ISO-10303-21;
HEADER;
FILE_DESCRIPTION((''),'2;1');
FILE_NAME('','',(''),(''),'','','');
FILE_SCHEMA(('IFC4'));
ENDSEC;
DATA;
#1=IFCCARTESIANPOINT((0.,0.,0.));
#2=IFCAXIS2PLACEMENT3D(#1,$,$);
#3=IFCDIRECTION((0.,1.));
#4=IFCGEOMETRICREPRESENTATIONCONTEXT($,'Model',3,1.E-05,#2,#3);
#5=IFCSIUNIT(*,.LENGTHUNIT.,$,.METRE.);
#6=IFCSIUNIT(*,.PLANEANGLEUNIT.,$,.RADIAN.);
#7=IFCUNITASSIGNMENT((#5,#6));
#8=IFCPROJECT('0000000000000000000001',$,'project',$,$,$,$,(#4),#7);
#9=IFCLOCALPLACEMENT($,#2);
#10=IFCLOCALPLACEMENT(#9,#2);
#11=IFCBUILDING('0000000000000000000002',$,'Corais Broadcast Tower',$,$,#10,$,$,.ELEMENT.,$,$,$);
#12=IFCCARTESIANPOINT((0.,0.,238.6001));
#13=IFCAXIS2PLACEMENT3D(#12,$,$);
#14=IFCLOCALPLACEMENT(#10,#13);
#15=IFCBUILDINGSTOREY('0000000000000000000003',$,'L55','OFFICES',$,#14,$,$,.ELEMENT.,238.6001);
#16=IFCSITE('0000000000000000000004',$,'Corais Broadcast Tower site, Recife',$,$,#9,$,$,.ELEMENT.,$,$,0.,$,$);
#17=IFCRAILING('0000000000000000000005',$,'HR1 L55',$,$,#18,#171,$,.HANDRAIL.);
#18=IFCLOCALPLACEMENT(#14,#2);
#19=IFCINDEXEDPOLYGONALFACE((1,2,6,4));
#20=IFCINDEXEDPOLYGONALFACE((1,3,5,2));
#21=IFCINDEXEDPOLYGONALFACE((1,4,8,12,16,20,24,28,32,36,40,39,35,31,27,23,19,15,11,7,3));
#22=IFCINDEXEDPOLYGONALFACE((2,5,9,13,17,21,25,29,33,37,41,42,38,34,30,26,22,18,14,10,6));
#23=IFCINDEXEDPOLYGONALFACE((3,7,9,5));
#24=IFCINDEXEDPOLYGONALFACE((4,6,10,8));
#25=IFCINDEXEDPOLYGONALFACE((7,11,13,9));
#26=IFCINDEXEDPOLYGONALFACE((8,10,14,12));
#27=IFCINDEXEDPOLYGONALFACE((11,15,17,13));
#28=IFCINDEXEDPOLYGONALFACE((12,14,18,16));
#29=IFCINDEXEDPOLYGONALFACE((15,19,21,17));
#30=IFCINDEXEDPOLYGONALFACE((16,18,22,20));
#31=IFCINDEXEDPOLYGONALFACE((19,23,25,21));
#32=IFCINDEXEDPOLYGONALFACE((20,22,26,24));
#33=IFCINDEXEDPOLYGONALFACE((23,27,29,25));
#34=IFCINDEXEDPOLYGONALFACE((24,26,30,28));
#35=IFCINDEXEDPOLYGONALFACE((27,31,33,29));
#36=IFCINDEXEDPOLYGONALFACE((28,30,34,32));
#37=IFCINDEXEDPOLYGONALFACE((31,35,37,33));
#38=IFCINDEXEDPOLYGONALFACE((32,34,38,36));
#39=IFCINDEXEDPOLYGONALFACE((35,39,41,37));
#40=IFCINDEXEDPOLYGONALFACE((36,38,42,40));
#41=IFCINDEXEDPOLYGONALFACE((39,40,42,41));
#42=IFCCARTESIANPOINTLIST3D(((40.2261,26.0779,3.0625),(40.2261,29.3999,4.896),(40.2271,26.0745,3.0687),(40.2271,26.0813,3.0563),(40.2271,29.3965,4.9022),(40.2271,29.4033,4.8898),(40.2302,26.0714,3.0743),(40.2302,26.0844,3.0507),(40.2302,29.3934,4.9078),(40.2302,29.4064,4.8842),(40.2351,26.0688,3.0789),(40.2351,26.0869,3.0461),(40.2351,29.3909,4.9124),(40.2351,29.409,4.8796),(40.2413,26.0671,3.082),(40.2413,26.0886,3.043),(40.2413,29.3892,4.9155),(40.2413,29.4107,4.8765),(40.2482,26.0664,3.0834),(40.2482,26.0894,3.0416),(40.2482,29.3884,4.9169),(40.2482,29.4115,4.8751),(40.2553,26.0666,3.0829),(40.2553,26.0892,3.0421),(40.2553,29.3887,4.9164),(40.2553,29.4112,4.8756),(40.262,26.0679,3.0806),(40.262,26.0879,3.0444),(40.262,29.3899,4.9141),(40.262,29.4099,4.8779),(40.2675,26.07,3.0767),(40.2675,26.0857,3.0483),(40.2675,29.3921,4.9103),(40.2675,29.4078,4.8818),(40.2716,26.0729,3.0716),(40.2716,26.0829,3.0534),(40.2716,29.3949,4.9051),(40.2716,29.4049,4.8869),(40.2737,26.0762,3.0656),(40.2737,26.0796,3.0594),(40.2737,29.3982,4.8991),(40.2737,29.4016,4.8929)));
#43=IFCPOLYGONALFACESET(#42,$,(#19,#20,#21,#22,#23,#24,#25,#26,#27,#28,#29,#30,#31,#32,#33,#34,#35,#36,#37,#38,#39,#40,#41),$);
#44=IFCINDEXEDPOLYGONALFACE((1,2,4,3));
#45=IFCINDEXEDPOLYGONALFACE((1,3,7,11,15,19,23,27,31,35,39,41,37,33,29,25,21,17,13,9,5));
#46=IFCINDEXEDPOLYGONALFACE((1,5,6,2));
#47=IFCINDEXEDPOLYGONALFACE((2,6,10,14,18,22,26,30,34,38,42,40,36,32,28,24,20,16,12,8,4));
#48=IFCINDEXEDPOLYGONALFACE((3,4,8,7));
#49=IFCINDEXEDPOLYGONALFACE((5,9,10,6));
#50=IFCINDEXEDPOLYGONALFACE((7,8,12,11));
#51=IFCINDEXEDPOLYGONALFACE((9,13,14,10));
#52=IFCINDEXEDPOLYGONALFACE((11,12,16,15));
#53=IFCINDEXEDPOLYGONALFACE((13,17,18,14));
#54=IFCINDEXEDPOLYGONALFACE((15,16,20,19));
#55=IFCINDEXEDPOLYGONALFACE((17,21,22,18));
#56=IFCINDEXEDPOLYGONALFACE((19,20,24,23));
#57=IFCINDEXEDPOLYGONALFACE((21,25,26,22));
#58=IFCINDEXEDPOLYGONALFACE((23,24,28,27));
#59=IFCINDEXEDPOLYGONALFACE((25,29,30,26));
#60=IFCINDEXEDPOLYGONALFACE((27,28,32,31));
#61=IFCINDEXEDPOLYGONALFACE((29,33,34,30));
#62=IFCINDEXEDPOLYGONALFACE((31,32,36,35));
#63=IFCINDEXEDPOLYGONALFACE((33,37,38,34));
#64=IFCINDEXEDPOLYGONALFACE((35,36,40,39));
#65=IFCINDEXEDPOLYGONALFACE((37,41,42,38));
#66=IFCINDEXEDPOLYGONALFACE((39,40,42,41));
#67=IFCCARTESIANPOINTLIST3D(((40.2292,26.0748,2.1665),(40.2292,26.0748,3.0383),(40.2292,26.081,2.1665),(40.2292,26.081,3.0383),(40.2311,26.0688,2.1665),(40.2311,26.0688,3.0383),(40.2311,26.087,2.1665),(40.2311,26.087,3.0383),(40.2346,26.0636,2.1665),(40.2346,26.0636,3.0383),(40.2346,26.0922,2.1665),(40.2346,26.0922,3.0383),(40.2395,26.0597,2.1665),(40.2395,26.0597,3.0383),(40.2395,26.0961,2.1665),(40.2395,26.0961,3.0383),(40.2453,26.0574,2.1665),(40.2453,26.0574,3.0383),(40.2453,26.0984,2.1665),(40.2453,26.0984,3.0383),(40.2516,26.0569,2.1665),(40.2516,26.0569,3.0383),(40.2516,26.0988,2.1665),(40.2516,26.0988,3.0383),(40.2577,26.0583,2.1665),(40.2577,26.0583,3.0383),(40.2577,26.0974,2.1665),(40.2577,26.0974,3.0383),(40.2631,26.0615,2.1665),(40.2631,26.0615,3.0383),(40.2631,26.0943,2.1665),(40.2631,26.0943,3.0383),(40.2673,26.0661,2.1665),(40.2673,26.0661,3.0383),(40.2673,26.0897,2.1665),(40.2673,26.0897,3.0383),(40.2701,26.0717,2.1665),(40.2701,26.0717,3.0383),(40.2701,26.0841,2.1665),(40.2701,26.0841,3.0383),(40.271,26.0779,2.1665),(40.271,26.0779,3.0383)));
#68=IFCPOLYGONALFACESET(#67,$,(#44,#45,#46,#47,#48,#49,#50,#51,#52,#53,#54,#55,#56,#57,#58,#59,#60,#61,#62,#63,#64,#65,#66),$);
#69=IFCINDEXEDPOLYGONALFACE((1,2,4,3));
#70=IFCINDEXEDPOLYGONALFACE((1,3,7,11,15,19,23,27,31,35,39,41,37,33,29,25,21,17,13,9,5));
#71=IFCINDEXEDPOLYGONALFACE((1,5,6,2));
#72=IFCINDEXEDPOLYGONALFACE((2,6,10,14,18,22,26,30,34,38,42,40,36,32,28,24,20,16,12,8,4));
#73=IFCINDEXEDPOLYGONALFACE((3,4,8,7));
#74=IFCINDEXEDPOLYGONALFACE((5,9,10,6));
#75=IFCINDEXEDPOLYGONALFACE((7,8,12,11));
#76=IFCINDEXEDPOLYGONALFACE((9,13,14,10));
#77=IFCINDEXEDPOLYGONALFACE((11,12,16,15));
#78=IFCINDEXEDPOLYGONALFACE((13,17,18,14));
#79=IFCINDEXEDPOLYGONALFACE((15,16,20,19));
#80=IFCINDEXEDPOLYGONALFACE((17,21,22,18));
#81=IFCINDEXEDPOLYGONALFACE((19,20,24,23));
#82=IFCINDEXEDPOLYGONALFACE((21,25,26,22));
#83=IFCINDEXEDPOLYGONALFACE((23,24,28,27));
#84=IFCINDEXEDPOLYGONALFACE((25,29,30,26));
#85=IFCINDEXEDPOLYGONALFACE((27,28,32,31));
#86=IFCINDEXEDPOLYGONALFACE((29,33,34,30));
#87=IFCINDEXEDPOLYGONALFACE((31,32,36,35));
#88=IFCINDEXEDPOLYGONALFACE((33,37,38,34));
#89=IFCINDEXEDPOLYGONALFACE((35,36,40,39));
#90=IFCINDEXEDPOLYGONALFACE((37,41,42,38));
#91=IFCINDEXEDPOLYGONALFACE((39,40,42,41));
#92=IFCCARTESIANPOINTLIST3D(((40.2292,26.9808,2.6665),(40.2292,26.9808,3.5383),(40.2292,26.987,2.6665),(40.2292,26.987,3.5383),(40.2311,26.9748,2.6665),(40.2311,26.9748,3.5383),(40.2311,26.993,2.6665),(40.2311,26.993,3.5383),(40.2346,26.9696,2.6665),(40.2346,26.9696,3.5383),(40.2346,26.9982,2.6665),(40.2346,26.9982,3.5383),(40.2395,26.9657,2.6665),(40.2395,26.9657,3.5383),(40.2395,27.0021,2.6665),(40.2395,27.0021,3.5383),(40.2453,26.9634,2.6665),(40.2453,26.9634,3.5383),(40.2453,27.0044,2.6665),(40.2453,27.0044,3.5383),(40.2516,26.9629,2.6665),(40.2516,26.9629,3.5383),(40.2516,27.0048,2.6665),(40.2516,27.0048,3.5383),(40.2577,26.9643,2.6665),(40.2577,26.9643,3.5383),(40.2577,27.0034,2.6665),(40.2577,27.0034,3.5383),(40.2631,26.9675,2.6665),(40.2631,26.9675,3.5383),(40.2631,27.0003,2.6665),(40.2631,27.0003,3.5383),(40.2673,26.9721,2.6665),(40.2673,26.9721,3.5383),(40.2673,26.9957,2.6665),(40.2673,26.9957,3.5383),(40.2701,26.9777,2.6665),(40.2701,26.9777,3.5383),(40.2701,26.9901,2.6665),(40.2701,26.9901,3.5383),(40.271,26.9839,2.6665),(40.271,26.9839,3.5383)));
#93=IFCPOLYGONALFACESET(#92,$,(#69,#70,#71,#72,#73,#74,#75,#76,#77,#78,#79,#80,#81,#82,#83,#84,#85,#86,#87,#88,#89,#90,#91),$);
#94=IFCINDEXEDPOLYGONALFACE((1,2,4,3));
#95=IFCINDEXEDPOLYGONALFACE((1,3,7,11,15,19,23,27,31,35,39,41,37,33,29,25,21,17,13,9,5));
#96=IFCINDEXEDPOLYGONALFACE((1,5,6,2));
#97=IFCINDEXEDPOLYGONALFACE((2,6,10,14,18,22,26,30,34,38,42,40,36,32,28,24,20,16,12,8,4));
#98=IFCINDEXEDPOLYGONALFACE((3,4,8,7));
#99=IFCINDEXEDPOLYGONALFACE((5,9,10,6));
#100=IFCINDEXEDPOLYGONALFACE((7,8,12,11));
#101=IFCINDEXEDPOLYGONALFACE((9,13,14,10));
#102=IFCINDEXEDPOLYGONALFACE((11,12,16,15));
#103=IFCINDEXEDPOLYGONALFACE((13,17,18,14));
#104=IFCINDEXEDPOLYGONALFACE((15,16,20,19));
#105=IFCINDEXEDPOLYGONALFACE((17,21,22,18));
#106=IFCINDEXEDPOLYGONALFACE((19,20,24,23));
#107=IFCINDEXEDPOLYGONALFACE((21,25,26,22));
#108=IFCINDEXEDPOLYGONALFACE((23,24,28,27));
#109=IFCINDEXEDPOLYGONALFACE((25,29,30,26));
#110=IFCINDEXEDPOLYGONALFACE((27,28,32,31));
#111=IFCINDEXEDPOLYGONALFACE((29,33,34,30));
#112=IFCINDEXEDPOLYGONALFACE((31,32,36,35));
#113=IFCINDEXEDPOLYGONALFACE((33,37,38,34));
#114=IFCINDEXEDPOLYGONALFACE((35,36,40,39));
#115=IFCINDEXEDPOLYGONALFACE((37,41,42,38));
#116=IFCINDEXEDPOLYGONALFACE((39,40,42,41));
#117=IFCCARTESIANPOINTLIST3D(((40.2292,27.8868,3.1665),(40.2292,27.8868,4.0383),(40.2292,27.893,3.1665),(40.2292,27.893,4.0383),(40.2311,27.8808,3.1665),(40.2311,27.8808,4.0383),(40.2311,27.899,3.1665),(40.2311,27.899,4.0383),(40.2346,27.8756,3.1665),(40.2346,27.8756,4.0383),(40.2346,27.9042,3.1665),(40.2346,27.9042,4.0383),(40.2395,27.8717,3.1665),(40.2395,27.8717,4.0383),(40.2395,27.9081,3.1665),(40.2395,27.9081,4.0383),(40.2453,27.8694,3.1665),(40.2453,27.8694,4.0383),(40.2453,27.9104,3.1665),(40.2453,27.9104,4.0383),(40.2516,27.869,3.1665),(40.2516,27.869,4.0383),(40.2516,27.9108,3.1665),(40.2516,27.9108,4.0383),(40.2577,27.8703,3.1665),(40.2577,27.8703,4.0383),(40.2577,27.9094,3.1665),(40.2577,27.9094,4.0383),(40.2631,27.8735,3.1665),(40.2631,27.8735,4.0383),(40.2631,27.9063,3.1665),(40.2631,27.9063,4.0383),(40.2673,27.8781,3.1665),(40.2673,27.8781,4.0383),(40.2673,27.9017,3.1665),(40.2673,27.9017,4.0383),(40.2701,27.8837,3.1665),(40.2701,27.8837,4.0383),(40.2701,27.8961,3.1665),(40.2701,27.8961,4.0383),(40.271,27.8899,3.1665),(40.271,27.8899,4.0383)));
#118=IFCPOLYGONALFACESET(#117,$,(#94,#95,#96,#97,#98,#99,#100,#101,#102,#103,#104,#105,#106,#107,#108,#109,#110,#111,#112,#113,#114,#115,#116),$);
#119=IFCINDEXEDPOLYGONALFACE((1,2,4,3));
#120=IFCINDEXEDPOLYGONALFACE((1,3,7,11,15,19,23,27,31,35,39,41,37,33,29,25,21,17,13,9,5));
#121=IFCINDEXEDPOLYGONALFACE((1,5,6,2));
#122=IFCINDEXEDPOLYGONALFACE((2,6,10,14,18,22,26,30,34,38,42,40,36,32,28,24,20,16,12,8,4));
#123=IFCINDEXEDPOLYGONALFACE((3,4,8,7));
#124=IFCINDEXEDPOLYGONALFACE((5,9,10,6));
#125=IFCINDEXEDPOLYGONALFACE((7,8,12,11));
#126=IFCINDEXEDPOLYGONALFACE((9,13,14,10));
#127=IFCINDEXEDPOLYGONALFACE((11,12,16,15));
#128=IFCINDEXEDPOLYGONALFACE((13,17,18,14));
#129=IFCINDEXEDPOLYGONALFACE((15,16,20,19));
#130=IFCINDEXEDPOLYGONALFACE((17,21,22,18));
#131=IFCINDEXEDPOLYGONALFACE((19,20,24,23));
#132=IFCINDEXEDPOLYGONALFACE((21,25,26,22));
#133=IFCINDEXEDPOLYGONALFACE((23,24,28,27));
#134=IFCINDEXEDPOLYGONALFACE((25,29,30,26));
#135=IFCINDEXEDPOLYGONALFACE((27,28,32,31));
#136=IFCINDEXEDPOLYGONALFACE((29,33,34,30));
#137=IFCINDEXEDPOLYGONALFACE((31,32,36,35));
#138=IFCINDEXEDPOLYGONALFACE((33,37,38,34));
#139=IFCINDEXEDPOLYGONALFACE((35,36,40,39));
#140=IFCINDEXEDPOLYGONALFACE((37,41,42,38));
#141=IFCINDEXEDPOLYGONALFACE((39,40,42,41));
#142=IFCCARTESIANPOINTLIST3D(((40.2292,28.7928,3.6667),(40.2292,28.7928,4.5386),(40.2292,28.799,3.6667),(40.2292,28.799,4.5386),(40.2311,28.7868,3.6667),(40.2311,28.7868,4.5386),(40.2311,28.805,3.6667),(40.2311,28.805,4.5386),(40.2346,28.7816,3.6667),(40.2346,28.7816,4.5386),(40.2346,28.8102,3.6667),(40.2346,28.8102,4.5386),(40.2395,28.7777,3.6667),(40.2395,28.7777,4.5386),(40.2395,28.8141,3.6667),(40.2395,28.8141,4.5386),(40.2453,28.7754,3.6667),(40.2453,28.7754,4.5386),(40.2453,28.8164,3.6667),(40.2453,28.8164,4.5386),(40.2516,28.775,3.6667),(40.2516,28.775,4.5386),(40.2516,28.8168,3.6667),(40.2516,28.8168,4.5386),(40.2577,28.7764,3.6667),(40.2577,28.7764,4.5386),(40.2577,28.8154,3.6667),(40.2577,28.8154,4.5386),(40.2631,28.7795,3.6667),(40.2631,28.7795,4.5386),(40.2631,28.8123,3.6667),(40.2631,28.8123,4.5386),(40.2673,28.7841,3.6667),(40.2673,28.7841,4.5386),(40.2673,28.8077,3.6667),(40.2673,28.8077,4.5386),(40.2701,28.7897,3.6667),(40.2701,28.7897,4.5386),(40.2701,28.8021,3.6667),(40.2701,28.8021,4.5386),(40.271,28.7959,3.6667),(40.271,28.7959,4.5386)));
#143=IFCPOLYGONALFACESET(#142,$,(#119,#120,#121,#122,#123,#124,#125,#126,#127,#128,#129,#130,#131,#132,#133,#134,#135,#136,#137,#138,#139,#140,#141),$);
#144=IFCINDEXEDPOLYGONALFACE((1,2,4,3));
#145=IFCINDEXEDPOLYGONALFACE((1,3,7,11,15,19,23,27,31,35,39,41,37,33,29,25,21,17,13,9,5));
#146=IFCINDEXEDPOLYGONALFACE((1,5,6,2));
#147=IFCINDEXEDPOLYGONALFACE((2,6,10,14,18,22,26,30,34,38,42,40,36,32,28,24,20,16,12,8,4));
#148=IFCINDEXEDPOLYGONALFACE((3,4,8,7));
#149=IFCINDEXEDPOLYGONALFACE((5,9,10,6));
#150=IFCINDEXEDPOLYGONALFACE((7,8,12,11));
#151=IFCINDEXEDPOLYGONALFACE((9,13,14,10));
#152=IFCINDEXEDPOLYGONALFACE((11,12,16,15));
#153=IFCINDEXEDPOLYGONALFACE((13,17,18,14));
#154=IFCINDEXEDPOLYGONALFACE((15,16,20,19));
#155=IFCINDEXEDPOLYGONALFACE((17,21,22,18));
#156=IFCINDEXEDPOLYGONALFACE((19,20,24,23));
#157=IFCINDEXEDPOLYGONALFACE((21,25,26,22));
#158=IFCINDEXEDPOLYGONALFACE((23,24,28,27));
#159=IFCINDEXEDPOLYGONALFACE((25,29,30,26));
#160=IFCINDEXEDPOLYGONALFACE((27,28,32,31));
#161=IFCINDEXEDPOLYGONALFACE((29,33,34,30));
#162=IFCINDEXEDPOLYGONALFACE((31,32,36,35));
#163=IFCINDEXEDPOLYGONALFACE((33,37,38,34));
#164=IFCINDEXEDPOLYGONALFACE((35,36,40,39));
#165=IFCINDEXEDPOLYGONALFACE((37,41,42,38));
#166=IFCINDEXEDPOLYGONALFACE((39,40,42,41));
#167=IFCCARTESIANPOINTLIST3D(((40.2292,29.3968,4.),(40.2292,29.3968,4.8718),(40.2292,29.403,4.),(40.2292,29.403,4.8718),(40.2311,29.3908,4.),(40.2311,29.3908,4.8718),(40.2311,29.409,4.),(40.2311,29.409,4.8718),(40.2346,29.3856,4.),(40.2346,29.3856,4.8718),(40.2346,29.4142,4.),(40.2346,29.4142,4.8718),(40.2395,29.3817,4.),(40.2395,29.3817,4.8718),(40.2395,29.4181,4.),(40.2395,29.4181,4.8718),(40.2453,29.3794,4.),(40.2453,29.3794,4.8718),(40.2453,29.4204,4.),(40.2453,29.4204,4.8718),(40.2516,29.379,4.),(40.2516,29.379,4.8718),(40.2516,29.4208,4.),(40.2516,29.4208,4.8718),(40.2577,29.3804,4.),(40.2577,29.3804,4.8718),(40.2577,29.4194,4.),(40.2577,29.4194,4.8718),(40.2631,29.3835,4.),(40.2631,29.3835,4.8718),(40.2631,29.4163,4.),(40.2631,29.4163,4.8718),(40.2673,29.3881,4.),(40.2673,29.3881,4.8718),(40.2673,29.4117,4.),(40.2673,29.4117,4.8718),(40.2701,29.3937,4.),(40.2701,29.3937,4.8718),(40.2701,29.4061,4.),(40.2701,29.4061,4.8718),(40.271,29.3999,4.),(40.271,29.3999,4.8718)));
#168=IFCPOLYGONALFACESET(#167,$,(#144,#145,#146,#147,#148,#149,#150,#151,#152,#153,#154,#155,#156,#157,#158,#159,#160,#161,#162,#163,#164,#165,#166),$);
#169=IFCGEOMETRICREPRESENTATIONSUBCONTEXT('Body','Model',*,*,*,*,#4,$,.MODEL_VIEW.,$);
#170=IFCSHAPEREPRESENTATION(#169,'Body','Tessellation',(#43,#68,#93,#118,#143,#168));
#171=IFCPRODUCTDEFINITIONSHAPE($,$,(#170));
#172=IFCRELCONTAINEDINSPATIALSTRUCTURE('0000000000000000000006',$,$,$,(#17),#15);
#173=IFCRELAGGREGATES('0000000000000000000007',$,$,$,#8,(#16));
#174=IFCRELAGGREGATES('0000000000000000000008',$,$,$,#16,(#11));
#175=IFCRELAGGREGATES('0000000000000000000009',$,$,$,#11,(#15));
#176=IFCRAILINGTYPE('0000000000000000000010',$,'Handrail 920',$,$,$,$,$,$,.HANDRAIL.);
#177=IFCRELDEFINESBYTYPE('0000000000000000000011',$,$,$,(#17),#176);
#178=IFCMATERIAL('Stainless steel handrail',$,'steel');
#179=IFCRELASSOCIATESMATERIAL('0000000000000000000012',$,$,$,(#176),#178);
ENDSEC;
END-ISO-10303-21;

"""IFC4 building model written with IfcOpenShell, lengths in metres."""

from ifc_helpers import new_model, si_unit, direction, frame, origin, origin_2d, place, context, subcontext, project, spatial, circle, extrude, material, type_object, element, save


model = new_model("IFC4")

# Units and contexts
model_context = context("Model", 3, precision=1e-05, world=origin(), true_north=direction((0.0, 1.0)))
body_context = subcontext(model_context, "Body", "Model", "MODEL_VIEW")
ifc_project = project(units=[si_unit("LENGTHUNIT", "METRE"), si_unit("PLANEANGLEUNIT", "RADIAN")], contexts=[model_context])

# Site, building, storey
site_placement = place(None, origin())
site = spatial("IfcSite", under=ifc_project, at=site_placement, Name="Corais Broadcast Tower site, Recife", CompositionType="ELEMENT", RefElevation=0.0)
building_placement = place(site_placement, origin())
building = spatial("IfcBuilding", under=site, at=building_placement, Name="Corais Broadcast Tower", CompositionType="ELEMENT")
storey_placement = place(building_placement, frame((0.0, 0.0, 238.6001)))
storey = spatial("IfcBuildingStorey", under=building, at=storey_placement, Name="L55", Description="OFFICES", CompositionType="ELEMENT", Elevation=238.6001)

# Railing
ifc_material_1 = material(Name="Stainless steel handrail", Category="steel")
railing_type = type_object("IfcRailingType", Name="Handrail 920", PredefinedType="HANDRAIL", material=ifc_material_1)
for number, where, name in (
    (1, (40.25, 26.0779, 2.1665), "HR1 L55"),
):
    element("IfcRailing", number, at=place(storey_placement, frame(where)), inside=storey, type_object=railing_type, Name=name, PredefinedType="HANDRAIL", context=body_context, shape_type="SweptSolid", body=[
        extrude(circle(Radius=0.0239, at=origin_2d()), frame((0.0, 0.0, 0.896), z_axis=(0.0, 0.875504, 0.48321), x_axis=(-1.0, 0.0, 0.0)), (0.0, 0.0, 1.0), 3.7944),
        extrude(circle(Radius=0.021, at=origin_2d()), origin(), (0.0, 0.0, 1.0), 0.8718),
        extrude(circle(Radius=0.021, at=origin_2d()), frame((0.0, 0.906, 0.5)), (0.0, 0.0, 1.0), 0.8718),
        extrude(circle(Radius=0.021, at=origin_2d()), frame((0.0, 1.812, 1.0)), (0.0, 0.0, 1.0), 0.8718),
        extrude(circle(Radius=0.021, at=origin_2d()), frame((0.0, 2.718, 1.5002)), (0.0, 0.0, 1.0), 0.8718),
        extrude(circle(Radius=0.021, at=origin_2d()), frame((0.0, 3.322, 1.8335)), (0.0, 0.0, 1.0), 0.8718),
    ])

save(model, "model.ifc")
